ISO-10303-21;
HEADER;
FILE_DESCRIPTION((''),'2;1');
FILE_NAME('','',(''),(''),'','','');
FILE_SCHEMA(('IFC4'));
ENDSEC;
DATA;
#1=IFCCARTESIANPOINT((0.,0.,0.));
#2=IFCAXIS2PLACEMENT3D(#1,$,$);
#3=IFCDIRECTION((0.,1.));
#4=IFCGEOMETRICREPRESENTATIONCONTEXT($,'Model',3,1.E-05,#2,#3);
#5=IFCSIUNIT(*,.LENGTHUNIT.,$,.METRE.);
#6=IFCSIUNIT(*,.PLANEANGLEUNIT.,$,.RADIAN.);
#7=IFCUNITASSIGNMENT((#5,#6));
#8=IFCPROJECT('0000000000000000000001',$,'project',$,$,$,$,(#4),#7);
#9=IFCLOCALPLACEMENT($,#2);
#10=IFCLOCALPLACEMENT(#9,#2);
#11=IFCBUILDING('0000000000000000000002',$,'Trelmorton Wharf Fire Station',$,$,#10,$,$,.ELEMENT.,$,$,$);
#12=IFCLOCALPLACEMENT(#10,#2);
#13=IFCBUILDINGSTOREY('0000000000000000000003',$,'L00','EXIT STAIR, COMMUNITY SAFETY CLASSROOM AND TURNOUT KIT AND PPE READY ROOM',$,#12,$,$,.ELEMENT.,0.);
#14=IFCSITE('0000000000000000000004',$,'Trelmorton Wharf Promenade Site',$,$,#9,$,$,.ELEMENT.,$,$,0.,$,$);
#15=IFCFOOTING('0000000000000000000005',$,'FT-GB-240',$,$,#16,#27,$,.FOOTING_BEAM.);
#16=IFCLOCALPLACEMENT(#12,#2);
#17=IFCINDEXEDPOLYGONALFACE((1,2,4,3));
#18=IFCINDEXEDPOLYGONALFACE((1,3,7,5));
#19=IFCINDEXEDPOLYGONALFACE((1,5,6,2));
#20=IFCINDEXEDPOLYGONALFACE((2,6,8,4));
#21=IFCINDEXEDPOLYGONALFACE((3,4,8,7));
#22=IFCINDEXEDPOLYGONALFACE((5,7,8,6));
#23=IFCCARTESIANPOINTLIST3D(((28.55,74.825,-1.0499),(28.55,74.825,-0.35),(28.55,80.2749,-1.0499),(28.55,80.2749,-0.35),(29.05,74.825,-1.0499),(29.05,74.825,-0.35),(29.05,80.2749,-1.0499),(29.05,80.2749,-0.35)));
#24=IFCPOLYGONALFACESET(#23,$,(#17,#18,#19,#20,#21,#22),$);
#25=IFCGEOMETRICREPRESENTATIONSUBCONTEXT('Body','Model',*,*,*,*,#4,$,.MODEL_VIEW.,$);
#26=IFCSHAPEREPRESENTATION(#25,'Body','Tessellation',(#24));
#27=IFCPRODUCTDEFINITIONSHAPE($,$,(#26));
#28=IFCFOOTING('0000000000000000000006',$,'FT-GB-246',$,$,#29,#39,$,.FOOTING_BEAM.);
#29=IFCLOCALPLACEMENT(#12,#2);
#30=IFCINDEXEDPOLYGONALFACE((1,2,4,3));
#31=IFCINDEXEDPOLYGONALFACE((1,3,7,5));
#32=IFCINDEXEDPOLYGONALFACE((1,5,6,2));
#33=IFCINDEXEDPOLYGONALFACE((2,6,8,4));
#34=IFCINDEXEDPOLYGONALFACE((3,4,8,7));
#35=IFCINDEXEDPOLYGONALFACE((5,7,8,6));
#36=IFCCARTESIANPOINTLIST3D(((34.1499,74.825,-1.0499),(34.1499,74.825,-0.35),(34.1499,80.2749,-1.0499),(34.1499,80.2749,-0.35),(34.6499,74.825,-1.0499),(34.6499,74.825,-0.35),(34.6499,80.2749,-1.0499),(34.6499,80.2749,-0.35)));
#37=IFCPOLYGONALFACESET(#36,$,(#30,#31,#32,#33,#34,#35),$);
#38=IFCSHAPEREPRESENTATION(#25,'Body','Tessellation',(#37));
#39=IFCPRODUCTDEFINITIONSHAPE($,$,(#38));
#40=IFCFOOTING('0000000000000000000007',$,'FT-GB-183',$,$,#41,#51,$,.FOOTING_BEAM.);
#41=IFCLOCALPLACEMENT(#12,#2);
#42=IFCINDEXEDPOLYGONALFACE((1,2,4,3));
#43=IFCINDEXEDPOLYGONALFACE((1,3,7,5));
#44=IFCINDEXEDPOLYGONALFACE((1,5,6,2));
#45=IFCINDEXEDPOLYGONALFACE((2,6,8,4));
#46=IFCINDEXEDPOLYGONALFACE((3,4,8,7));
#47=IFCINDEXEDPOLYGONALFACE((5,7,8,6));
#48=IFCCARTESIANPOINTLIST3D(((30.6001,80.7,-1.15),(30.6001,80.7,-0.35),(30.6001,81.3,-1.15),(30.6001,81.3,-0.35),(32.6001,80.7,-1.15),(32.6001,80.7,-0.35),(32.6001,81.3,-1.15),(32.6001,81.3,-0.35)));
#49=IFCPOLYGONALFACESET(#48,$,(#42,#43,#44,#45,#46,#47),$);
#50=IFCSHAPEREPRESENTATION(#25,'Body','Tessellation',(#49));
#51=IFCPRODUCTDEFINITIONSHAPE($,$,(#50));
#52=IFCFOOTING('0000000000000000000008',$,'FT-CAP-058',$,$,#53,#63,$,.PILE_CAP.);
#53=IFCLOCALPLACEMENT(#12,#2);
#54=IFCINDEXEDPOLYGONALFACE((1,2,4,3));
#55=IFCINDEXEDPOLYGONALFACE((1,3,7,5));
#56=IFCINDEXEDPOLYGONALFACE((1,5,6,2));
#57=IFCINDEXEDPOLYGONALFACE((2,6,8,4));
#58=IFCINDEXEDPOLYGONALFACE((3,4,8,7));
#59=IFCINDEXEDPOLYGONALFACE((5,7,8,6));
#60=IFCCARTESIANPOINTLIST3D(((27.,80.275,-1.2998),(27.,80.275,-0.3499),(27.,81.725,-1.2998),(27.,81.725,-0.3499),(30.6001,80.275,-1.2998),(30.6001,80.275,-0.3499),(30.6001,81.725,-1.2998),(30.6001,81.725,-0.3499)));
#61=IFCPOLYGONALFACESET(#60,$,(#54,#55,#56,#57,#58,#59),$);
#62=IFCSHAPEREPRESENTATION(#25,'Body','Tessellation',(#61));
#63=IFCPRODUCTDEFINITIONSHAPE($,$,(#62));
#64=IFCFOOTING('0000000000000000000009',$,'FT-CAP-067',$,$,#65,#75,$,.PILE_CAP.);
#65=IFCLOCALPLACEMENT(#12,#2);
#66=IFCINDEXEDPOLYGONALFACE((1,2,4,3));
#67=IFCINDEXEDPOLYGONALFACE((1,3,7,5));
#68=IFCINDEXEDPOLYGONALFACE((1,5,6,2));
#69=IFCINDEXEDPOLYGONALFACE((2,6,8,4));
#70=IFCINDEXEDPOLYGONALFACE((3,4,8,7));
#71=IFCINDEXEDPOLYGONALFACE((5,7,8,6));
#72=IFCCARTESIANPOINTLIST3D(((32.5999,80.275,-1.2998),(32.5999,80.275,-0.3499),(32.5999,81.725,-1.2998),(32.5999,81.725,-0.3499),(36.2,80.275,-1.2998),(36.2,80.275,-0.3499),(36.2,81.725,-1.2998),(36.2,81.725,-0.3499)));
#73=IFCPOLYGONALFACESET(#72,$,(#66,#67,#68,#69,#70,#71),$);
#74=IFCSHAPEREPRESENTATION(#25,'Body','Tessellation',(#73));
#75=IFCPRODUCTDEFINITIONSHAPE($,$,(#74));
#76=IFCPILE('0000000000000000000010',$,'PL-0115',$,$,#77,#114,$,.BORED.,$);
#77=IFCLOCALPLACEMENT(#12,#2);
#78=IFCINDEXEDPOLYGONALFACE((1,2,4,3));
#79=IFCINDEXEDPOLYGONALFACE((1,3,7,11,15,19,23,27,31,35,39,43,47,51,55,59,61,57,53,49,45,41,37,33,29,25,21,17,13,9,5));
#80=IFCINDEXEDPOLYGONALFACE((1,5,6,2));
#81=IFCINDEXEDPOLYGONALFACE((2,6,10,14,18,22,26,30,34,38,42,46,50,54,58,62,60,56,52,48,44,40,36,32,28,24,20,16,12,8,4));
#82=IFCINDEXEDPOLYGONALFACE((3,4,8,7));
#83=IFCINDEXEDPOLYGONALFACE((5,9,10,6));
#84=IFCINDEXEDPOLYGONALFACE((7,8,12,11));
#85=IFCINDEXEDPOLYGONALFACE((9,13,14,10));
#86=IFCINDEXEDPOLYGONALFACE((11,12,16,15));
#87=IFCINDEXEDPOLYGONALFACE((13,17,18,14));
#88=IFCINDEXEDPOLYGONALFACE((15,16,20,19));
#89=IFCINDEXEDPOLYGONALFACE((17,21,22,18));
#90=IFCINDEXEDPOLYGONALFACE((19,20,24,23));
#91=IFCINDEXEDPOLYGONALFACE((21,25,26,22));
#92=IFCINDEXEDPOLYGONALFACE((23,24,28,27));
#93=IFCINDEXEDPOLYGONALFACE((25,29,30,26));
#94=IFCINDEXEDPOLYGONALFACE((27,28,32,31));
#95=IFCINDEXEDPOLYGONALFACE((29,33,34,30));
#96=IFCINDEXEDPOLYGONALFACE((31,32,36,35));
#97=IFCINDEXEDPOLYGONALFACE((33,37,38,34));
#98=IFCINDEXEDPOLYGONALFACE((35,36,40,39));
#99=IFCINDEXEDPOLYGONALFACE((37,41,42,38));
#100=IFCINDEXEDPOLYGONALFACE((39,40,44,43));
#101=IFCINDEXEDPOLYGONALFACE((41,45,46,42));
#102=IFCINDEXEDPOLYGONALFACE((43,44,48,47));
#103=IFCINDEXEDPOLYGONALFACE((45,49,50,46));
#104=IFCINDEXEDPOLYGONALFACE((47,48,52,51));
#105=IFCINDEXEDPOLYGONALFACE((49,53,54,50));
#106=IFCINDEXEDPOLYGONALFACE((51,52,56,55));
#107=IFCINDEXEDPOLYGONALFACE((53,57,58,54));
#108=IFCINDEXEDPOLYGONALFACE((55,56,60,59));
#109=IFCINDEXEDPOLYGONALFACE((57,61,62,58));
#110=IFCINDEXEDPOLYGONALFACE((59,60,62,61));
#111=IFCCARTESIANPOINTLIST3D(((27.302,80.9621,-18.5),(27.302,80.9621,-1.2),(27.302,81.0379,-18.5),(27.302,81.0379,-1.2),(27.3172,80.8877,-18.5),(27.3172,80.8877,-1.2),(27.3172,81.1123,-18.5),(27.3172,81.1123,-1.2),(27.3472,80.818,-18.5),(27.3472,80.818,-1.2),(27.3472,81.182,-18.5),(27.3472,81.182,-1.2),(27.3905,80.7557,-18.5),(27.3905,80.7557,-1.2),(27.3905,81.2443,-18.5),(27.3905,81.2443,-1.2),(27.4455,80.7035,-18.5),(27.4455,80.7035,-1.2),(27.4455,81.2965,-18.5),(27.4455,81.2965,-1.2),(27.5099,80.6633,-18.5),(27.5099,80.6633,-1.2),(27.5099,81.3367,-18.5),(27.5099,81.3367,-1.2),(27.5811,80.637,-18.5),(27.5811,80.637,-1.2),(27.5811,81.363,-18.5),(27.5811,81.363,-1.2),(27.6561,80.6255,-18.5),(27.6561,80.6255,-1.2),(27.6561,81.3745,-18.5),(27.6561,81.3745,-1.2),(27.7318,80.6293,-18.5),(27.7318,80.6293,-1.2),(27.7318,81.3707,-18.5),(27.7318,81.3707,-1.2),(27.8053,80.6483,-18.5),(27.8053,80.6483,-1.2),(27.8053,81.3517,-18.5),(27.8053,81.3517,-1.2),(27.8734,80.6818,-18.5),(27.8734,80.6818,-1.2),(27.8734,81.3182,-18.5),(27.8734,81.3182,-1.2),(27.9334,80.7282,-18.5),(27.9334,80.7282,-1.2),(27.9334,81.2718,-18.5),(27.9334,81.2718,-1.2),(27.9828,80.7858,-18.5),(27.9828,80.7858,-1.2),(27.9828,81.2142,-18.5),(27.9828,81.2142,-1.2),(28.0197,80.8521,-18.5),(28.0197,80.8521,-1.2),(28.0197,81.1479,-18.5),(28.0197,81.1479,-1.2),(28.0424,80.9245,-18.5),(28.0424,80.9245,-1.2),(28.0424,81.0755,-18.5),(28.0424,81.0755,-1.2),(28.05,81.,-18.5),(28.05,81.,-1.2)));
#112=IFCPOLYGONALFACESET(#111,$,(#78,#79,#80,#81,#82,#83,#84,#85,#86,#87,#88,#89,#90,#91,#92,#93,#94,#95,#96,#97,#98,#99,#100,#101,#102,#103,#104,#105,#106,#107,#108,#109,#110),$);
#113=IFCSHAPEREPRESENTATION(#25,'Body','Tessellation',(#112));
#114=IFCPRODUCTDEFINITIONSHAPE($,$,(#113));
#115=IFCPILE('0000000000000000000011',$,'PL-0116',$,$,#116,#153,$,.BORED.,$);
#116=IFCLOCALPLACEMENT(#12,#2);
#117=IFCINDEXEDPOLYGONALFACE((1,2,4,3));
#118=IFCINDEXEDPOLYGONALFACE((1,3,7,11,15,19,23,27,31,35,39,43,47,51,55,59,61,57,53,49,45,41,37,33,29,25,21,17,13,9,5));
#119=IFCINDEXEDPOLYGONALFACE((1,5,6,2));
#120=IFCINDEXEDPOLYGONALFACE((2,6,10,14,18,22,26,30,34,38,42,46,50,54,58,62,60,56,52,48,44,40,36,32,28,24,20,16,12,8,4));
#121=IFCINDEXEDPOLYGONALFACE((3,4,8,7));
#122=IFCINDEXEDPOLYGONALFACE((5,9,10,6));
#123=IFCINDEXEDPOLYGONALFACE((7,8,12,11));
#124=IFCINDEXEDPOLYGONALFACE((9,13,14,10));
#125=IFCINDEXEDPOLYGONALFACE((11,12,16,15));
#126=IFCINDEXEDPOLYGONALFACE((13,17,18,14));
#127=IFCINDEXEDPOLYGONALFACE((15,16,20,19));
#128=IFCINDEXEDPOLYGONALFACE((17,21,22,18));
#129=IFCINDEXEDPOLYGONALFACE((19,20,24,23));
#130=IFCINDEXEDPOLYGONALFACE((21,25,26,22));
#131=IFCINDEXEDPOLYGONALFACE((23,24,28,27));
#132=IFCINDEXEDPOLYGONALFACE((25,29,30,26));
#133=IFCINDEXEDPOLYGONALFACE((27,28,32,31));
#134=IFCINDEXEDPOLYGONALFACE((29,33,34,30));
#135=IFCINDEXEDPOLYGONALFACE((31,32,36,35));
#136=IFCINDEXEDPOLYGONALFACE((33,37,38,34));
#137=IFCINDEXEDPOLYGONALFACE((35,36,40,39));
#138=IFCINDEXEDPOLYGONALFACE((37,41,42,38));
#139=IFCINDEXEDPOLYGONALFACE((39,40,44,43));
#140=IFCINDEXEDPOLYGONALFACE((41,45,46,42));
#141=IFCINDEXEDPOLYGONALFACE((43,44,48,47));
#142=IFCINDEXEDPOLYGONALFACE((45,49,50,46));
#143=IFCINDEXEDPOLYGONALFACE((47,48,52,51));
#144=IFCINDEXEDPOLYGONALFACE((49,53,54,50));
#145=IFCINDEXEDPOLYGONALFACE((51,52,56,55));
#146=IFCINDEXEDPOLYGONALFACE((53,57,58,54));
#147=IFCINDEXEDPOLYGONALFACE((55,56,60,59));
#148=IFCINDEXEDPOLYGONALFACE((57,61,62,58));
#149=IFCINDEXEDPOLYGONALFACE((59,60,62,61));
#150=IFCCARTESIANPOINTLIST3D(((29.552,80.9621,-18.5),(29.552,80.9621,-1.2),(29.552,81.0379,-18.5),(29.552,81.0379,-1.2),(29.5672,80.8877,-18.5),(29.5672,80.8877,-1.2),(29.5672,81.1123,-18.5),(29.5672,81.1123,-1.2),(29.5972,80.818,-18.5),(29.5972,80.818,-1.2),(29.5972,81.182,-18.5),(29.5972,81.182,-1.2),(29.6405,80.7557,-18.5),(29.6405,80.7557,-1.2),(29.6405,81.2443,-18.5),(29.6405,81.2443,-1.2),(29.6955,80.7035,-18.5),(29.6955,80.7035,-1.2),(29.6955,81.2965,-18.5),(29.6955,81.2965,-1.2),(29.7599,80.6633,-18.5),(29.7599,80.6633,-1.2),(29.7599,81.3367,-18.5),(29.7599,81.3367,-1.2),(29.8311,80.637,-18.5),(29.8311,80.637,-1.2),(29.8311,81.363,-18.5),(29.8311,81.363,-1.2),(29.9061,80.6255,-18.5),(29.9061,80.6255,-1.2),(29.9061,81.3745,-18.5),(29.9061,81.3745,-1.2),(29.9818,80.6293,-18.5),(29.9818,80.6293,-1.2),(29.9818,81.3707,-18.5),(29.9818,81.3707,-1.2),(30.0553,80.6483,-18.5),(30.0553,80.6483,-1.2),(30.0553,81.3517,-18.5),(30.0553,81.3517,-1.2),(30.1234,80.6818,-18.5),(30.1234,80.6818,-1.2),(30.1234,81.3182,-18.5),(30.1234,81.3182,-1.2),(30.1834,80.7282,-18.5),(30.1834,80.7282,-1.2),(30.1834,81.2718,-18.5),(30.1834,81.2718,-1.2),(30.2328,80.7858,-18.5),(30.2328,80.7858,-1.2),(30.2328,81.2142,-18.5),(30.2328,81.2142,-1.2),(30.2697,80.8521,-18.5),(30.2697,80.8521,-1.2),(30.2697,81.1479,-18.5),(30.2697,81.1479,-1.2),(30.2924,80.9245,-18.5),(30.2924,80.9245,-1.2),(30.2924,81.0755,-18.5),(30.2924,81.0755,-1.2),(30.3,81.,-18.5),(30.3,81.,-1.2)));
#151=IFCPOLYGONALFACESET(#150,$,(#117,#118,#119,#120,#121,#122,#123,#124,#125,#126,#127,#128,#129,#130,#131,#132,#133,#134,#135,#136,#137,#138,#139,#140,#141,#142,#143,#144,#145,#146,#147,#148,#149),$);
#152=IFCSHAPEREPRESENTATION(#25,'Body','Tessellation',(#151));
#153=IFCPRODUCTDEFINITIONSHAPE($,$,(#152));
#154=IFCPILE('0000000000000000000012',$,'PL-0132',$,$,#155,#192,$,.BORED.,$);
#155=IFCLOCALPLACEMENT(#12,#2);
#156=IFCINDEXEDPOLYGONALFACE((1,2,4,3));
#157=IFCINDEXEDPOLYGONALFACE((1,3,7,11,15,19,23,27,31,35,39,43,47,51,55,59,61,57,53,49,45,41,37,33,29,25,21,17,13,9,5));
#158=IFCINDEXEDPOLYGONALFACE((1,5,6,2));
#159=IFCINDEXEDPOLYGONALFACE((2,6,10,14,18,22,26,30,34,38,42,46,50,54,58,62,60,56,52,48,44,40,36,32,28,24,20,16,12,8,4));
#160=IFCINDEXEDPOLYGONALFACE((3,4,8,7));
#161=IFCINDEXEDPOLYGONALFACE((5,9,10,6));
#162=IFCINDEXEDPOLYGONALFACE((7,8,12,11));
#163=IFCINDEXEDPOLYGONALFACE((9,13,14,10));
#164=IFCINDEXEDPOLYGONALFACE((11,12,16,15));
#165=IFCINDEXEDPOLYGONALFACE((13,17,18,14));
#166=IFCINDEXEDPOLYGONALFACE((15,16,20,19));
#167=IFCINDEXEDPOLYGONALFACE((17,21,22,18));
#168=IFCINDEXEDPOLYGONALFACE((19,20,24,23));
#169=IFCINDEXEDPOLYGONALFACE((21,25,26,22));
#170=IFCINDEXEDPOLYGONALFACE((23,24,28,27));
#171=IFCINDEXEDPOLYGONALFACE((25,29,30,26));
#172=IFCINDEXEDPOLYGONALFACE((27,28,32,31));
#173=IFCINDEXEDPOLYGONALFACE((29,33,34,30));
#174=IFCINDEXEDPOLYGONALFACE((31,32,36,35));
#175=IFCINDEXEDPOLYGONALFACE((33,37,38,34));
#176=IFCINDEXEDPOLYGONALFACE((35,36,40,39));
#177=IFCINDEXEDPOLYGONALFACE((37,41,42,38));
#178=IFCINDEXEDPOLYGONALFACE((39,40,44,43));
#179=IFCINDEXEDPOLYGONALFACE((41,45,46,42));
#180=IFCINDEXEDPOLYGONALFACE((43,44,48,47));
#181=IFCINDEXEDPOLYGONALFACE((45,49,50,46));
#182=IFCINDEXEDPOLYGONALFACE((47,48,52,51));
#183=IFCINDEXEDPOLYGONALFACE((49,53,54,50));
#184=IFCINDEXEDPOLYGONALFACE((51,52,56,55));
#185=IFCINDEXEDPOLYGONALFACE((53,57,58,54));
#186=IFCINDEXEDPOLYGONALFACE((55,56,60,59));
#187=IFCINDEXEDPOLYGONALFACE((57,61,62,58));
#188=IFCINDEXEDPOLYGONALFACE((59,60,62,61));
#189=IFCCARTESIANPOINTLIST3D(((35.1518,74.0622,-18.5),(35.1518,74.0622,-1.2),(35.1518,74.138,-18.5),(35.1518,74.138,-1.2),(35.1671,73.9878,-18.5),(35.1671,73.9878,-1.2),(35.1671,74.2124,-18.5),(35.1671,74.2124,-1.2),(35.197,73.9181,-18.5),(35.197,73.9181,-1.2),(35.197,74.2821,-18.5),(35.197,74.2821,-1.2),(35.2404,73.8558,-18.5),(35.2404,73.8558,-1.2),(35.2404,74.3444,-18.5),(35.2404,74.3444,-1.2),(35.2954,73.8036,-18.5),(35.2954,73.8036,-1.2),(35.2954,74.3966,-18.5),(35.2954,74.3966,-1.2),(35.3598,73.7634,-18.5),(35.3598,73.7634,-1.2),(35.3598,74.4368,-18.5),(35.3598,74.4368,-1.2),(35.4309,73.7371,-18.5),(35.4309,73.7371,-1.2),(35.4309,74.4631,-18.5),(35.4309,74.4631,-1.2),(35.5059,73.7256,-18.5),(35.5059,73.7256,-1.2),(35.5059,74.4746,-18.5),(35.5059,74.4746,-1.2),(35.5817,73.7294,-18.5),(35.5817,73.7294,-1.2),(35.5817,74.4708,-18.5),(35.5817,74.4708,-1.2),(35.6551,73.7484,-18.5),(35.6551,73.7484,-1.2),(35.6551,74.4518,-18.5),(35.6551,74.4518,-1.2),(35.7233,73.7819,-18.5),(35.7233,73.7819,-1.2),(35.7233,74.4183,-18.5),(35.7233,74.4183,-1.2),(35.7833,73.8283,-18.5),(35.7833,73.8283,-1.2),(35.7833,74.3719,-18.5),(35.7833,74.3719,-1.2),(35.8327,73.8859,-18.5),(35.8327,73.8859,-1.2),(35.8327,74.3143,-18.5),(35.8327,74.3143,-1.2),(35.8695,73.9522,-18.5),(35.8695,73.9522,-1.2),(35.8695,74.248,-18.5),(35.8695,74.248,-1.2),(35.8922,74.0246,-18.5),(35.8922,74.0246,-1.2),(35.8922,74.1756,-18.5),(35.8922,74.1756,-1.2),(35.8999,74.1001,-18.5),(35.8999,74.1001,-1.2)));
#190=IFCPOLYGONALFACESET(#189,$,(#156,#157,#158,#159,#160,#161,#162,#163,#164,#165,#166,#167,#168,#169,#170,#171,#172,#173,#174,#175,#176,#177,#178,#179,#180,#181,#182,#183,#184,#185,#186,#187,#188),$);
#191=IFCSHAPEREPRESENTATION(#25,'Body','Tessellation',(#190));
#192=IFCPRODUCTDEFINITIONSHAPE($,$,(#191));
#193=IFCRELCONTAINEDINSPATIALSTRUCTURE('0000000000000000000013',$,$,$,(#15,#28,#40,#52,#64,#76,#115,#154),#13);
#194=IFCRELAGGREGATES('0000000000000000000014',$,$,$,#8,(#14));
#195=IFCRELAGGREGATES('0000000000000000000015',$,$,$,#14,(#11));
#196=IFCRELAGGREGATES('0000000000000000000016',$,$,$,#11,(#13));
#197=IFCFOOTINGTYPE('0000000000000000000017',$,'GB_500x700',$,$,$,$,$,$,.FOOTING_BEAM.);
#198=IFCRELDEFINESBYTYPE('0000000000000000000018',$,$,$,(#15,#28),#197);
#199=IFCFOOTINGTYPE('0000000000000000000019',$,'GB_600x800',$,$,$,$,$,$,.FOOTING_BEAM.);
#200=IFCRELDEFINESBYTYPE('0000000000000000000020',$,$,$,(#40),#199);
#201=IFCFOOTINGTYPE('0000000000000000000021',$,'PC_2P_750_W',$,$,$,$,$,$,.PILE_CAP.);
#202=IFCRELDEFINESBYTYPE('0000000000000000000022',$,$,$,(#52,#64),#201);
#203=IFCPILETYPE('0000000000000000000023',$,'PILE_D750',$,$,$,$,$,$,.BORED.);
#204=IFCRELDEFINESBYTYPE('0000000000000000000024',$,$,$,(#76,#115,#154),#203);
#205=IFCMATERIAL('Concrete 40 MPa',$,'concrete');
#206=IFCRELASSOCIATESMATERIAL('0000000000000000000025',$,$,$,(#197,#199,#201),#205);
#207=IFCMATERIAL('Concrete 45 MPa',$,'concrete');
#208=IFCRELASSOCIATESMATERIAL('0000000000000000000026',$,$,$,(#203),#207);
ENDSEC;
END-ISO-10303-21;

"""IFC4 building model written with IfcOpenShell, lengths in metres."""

from ifc_helpers import new_model, si_unit, direction, frame, origin, origin_2d, place, context, subcontext, project, spatial, rectangle, circle, extrude, material, material_profile, profile_set, type_object, element, save


model = new_model("IFC4")

# Units and contexts
model_context = context("Model", 3, precision=1e-05, world=origin(), true_north=direction((0.0, 1.0)))
body_context = subcontext(model_context, "Body", "Model", "MODEL_VIEW")
ifc_project = project(units=[si_unit("LENGTHUNIT", "METRE"), si_unit("PLANEANGLEUNIT", "RADIAN")], contexts=[model_context])

# Site, building, storey
site_placement = place(None, origin())
site = spatial("IfcSite", under=ifc_project, at=site_placement, Name="Trelmorton Wharf Promenade Site", CompositionType="ELEMENT", RefElevation=0.0)
building_placement = place(site_placement, origin())
building = spatial("IfcBuilding", under=site, at=building_placement, Name="Trelmorton Wharf Fire Station", CompositionType="ELEMENT")
storey_placement = place(building_placement, origin())
storey = spatial("IfcBuildingStorey", under=building, at=storey_placement, Name="L00", Description="EXIT STAIR, COMMUNITY SAFETY CLASSROOM AND TURNOUT KIT AND PPE READY ROOM", CompositionType="ELEMENT", Elevation=0.0)

# Footings
ifc_material_1 = material(Name="Concrete 40 MPa", Category="concrete")
ifc_material_profile_1 = material_profile(ifc_material_1, rectangle(XDim=0.5, YDim=0.7, at=origin_2d()), Name="RC500x700")
ifc_profile_set_1 = profile_set([ifc_material_profile_1], Name="Concrete 40 MPa")
footing_type_1 = type_object("IfcFootingType", Name="GB_500x700", PredefinedType="FOOTING_BEAM", material=ifc_profile_set_1)
for number, where, z_axis, x_axis, name in (
    (1, (28.8, 74.825, -0.7), (0.0, 1.0, 0.0), (-1.0, 0.0, 0.0), "FT-GB-240"),
    (2, (34.3999, 74.825, -0.7), (0.0, 1.0, 0.0), (-1.0, 0.0, 0.0), "FT-GB-246"),
):
    element("IfcFooting", number, at=place(storey_placement, frame(where, z_axis=z_axis, x_axis=x_axis)), inside=storey, type_object=footing_type_1, Name=name, PredefinedType="FOOTING_BEAM", context=body_context, shape_type="SweptSolid", body=[
        extrude(rectangle(XDim=0.5, YDim=0.7, at=origin_2d()), origin(), (0.0, 0.0, 1.0), 5.45),
    ])
ifc_material_profile_2 = material_profile(ifc_material_1, rectangle(XDim=0.6001, YDim=0.8, at=origin_2d()), Name="RC600x800")
ifc_profile_set_2 = profile_set([ifc_material_profile_2], Name="Concrete 40 MPa")
footing_type_2 = type_object("IfcFootingType", Name="GB_600x800", PredefinedType="FOOTING_BEAM", material=ifc_profile_set_2)
footing_placement = place(storey_placement, frame((30.6001, 81.0, -0.75), z_axis=(1.0, 0.0, 0.0), x_axis=(0.0, 1.0, 0.0)))
element("IfcFooting", 3, at=footing_placement, inside=storey, type_object=footing_type_2, Name="FT-GB-183", PredefinedType="FOOTING_BEAM", context=body_context, shape_type="SweptSolid", body=[
    extrude(rectangle(XDim=0.6001, YDim=0.8, at=origin_2d()), origin(), (0.0, 0.0, 1.0), 2.0),
])
footing_type_3 = type_object("IfcFootingType", Name="PC_2P_750_W", PredefinedType="PILE_CAP", material=ifc_material_1)
for number, where, z_axis, x_axis, name in (
    (4, (28.8, 81.0, -1.2998), (0.0, 0.0, 1.0), (1.0, 0.0, 0.0), "FT-CAP-058"),
    (5, (34.3999, 81.0, -1.2998), (0.0, 0.0, 1.0), (1.0, 0.0, 0.0), "FT-CAP-067"),
):
    element("IfcFooting", number, at=place(storey_placement, frame(where, z_axis=z_axis, x_axis=x_axis)), inside=storey, type_object=footing_type_3, Name=name, PredefinedType="PILE_CAP", context=body_context, shape_type="SweptSolid", body=[
        extrude(rectangle(XDim=3.6001, YDim=1.45, at=origin_2d()), origin(), (0.0, 0.0, 1.0), 0.95),
    ])

# Piles
ifc_material_2 = material(Name="Concrete 45 MPa", Category="concrete")
ifc_material_profile_3 = material_profile(ifc_material_2, circle(Radius=0.375, at=origin_2d()), Name="PILE-D750")
ifc_profile_set_3 = profile_set([ifc_material_profile_3], Name="Concrete 45 MPa")
pile_type = type_object("IfcPileType", Name="PILE_D750", PredefinedType="BORED", material=ifc_profile_set_3)
for number, where, z_axis, x_axis, name in (
    (6, (27.675, 81.0, -1.2), (0.0, 0.0, -1.0), (1.0, 0.0, 0.0), "PL-0115"),
    (7, (29.925, 81.0, -1.2), (0.0, 0.0, -1.0), (1.0, 0.0, 0.0), "PL-0116"),
    (8, (35.5249, 74.1001, -1.2), (0.0, 0.0, -1.0), (1.0, 0.0, 0.0), "PL-0132"),
):
    element("IfcPile", number, at=place(storey_placement, frame(where, z_axis=z_axis, x_axis=x_axis)), inside=storey, type_object=pile_type, Name=name, PredefinedType="BORED", context=body_context, shape_type="SweptSolid", body=[
        extrude(circle(Radius=0.375, at=origin_2d()), origin(), (0.0, 0.0, 1.0), 17.3),
    ])

save(model, "model.ifc")
